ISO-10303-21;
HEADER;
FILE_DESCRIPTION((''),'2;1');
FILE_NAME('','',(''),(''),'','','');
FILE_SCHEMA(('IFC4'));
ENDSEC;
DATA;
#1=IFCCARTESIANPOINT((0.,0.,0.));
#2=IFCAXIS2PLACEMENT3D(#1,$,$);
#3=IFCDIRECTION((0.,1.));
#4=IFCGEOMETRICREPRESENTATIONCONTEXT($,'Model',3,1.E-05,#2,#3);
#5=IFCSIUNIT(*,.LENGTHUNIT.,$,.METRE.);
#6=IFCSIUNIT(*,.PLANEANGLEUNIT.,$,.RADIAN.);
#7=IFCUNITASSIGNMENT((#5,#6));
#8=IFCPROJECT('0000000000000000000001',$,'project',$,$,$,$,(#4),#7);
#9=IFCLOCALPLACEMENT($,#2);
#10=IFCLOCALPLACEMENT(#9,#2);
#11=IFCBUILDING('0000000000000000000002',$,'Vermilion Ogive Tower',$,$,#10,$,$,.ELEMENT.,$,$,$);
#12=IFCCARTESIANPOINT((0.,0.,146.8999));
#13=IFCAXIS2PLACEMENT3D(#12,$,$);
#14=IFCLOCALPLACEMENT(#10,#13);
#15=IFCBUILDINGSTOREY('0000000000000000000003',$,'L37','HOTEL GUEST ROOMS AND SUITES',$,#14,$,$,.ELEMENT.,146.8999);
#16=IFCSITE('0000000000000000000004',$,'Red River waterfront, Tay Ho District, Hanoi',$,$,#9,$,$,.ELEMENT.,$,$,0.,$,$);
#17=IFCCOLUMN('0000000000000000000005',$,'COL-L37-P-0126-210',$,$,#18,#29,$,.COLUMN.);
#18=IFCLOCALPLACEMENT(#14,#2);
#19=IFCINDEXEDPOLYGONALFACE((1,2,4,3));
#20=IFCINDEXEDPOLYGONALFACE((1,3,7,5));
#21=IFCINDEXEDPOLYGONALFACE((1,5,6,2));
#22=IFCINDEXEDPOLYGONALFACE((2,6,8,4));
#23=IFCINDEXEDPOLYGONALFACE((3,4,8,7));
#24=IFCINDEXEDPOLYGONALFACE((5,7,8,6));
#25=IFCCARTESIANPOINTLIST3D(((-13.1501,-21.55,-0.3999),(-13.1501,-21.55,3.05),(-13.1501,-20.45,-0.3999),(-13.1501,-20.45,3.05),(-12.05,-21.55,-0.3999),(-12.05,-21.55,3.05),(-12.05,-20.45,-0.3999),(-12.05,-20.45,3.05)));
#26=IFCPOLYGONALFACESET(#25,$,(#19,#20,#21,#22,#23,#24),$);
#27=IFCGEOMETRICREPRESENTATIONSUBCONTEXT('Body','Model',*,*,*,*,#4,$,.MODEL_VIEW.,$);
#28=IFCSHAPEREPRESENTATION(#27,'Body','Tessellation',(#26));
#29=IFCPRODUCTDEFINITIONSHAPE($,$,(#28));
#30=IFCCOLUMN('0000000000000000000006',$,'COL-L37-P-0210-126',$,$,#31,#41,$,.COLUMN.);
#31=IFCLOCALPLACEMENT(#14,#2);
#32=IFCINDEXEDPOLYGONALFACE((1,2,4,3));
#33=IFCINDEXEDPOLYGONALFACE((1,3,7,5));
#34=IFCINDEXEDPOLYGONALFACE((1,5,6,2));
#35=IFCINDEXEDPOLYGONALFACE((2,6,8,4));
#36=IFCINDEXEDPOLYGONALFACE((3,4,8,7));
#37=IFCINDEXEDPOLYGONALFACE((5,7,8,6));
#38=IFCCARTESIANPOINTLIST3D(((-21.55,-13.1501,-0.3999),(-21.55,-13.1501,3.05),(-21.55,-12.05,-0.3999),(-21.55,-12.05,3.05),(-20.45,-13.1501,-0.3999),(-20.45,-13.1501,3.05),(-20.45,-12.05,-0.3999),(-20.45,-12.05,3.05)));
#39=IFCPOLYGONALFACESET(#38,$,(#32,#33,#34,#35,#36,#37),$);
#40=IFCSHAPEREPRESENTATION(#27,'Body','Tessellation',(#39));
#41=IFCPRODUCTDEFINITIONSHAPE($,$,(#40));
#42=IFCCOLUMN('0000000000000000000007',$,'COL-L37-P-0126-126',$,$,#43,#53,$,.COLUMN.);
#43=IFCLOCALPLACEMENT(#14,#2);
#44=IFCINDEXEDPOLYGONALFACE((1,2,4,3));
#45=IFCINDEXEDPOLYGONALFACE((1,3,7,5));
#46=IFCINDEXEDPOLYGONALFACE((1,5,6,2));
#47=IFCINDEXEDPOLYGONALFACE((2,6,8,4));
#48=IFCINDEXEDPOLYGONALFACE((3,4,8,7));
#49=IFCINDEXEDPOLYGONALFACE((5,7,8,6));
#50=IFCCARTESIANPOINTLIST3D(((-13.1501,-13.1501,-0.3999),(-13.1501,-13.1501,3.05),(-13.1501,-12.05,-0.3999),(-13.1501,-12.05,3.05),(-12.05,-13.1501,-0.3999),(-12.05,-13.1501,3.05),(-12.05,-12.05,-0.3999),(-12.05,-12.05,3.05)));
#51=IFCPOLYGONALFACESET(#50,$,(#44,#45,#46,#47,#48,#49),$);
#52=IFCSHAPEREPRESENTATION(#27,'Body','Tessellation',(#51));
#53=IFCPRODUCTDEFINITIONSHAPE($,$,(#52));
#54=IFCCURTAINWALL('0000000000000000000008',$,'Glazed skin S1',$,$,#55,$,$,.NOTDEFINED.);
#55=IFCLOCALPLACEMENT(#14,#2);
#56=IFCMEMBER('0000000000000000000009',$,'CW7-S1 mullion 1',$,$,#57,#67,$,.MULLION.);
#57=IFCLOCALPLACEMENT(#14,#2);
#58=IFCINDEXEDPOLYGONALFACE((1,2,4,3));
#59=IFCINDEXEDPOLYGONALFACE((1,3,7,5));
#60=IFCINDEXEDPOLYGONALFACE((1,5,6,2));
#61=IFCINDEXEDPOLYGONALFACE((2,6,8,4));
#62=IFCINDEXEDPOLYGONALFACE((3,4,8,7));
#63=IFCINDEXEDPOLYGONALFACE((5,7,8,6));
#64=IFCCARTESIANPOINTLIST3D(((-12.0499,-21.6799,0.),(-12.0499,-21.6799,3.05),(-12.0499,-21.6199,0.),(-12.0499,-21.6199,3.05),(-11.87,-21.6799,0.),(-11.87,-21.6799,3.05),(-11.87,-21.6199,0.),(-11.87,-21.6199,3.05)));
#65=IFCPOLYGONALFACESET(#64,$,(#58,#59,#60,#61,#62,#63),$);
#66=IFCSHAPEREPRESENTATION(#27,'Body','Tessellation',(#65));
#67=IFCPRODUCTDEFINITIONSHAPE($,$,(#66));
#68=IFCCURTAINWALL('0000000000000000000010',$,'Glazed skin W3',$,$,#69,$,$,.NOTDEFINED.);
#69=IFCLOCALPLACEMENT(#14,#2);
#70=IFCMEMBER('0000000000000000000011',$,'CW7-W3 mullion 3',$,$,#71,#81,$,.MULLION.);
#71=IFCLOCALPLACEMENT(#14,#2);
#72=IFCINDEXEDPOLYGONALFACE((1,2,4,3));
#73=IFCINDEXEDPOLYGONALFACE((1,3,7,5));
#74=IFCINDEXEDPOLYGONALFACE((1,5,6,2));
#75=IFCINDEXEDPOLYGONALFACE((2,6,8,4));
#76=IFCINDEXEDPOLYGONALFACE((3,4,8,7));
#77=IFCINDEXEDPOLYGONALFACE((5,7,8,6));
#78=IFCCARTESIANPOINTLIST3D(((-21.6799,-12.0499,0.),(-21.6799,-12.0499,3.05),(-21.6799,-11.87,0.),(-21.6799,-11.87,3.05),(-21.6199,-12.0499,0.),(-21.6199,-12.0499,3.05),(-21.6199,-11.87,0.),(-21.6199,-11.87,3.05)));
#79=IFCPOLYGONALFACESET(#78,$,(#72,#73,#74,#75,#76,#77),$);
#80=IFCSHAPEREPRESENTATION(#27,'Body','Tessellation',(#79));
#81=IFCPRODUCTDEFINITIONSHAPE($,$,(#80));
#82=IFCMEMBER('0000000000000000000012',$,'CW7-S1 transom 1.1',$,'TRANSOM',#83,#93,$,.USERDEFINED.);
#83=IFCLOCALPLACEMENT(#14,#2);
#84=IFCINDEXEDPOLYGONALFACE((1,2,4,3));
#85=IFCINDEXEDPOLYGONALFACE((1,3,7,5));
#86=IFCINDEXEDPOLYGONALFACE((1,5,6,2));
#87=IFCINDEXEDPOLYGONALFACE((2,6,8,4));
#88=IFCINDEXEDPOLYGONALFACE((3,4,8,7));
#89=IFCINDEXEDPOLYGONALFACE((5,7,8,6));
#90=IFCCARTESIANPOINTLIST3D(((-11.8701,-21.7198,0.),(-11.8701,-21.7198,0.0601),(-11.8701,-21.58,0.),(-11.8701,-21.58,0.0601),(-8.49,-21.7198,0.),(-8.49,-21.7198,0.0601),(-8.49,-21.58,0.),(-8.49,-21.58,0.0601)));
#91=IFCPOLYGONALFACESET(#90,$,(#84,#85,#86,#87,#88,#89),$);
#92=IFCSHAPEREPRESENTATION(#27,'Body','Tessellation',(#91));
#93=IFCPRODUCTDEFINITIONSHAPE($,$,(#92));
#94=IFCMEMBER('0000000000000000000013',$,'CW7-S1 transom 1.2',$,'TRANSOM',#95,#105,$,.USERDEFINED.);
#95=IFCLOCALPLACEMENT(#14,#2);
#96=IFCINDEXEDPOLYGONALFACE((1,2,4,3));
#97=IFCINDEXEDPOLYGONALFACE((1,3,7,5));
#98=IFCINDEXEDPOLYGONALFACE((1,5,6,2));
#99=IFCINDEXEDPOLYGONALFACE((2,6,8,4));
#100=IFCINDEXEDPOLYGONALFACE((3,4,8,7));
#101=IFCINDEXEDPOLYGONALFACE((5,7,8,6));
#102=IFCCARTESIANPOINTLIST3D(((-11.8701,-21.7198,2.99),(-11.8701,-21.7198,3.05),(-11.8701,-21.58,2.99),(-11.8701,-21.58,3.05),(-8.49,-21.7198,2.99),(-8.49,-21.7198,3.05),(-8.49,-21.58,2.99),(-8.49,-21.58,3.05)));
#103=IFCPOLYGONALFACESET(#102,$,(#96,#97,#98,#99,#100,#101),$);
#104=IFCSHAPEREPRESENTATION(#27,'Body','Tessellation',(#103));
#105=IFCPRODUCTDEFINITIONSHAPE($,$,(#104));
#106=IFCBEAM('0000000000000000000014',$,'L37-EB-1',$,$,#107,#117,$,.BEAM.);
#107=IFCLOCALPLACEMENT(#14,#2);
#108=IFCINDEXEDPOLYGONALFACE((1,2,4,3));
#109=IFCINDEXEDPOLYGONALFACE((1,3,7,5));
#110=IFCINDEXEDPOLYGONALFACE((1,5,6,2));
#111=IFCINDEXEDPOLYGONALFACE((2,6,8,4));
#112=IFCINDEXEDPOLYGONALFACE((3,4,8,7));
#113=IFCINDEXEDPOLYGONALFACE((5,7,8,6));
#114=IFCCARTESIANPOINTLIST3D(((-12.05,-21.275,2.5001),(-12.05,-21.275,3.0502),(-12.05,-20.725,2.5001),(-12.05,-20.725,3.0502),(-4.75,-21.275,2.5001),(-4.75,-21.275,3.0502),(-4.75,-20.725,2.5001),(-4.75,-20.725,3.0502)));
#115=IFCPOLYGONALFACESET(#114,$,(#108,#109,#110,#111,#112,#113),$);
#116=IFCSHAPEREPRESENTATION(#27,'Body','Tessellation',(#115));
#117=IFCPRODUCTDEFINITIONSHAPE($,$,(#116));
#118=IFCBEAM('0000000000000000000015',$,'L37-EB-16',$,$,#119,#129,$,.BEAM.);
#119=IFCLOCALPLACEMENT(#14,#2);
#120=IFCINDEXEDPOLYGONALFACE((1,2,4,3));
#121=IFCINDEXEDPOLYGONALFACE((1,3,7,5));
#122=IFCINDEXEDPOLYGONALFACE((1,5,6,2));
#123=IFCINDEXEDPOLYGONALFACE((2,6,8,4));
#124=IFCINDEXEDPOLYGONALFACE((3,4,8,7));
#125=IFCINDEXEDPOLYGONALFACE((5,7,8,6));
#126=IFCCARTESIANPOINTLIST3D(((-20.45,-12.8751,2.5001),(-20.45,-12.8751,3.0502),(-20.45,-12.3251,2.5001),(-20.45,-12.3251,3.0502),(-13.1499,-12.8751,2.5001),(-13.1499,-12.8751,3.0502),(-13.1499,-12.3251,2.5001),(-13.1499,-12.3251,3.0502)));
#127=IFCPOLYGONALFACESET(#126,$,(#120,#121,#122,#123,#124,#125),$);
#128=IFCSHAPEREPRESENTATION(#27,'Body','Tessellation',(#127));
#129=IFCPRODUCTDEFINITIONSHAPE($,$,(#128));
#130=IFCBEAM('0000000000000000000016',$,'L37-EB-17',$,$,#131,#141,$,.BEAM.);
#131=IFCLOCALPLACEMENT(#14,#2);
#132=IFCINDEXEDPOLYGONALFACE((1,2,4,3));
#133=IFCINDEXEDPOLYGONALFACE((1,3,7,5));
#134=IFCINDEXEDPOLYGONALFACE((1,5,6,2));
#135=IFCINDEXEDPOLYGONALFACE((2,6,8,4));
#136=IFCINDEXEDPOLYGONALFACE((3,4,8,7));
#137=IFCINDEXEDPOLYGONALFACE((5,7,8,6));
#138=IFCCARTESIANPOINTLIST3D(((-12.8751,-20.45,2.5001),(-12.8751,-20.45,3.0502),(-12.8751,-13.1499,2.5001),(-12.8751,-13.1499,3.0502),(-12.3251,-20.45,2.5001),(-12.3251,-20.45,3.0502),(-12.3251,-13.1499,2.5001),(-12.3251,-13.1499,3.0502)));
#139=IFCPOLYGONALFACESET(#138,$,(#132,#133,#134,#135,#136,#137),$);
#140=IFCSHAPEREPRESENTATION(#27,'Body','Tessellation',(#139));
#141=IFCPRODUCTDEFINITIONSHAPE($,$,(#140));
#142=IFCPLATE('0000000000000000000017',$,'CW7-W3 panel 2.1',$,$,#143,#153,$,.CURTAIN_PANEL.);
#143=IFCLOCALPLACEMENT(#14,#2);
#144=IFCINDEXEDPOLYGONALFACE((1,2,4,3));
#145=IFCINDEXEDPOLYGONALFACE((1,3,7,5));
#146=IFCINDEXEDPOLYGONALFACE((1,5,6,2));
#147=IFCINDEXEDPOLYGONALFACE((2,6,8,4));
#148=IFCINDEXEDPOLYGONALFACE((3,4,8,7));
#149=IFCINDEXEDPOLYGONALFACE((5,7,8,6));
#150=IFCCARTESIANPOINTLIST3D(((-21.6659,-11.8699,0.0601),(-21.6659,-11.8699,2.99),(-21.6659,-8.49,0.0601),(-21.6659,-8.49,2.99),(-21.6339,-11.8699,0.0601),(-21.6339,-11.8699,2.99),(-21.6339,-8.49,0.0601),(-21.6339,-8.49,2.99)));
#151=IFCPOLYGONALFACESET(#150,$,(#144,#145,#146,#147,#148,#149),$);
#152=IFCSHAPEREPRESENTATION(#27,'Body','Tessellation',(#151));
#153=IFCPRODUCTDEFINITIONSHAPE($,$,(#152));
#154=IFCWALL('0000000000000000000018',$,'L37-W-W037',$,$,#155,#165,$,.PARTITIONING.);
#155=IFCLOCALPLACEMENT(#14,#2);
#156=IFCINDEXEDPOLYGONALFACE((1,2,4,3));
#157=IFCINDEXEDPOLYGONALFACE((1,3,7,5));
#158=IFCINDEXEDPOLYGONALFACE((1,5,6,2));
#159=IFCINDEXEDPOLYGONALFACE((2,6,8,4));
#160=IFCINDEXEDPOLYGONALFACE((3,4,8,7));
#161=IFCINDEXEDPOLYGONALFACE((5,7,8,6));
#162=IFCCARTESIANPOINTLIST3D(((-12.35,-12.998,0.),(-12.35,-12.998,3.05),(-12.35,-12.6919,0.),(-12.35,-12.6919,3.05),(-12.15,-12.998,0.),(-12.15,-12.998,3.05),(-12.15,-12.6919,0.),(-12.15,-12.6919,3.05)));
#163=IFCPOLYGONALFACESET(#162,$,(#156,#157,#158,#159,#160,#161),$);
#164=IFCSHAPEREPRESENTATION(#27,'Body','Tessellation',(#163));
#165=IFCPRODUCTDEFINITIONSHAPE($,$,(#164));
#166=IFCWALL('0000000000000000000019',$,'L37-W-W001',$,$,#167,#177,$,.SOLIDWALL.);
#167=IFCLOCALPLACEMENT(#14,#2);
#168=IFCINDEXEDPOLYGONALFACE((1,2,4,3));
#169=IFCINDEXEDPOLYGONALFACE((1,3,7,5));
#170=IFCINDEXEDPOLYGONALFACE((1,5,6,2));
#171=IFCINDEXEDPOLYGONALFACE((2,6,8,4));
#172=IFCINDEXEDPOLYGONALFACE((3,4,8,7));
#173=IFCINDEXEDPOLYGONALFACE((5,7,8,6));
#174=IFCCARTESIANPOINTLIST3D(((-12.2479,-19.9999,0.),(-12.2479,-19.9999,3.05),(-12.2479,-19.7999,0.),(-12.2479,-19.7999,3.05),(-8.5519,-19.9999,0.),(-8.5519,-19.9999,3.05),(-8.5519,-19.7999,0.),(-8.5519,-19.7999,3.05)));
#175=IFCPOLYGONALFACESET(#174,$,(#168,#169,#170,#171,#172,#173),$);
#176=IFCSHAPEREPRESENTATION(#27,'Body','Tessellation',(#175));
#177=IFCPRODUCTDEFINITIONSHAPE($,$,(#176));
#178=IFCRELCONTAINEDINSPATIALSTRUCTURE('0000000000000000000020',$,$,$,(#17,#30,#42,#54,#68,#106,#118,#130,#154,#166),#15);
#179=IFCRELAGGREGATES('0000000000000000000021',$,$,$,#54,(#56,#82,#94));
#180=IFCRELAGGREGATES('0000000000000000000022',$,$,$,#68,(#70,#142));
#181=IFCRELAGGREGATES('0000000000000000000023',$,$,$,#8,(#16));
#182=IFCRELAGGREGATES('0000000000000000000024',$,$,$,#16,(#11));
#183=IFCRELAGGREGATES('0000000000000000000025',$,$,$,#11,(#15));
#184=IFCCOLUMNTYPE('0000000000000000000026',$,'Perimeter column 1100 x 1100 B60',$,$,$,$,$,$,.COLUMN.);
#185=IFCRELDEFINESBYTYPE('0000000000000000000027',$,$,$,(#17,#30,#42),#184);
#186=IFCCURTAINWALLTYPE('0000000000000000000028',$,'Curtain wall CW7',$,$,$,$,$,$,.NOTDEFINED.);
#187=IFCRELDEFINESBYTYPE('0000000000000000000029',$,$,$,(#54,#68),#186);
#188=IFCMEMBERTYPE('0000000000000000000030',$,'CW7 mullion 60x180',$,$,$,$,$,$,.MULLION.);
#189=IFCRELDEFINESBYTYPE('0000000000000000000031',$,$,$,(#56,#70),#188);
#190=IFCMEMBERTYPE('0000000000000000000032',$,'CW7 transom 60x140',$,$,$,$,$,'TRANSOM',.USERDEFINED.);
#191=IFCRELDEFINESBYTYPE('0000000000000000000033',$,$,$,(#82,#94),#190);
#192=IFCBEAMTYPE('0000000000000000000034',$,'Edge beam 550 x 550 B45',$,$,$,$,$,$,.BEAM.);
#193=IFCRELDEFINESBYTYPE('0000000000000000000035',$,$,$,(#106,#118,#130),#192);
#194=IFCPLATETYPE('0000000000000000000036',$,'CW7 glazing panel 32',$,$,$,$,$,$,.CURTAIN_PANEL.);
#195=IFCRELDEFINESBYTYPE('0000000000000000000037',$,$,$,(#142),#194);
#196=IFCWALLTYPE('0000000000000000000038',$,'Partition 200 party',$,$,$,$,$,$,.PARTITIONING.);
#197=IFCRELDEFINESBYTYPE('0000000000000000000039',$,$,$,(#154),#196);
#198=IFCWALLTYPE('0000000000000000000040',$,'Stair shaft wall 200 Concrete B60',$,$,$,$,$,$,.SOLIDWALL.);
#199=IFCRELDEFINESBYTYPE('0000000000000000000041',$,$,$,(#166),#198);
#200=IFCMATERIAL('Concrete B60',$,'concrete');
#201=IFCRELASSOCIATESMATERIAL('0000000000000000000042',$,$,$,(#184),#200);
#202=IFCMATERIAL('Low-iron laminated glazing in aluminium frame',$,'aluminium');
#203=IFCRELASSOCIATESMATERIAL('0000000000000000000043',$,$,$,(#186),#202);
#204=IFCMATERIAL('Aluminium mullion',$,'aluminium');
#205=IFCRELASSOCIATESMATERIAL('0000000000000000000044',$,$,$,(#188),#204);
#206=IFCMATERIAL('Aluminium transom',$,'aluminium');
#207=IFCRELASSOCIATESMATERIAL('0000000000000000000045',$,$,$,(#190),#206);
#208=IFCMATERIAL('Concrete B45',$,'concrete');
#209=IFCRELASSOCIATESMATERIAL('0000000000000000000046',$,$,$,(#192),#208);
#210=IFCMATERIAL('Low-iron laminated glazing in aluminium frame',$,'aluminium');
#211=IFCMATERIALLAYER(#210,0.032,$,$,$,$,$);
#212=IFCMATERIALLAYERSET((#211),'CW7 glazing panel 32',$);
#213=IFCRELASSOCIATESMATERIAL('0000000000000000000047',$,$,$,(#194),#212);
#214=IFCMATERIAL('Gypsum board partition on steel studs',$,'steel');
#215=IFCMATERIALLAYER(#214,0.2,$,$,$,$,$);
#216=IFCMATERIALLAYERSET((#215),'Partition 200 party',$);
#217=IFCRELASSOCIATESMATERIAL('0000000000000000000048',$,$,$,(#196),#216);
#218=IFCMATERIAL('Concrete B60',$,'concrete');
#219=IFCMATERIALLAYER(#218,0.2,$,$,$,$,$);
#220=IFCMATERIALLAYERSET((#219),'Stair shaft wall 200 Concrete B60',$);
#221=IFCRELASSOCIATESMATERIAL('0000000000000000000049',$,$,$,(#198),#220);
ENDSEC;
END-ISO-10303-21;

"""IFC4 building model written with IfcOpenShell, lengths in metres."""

from ifc_helpers import new_model, si_unit, direction, frame, frame_2d, origin, origin_2d, place, context, subcontext, project, spatial, rectangle, extrude, material, layer, layer_set, material_profile, profile_set, type_object, element, aggregate, save


model = new_model("IFC4")

# Units and contexts
model_context = context("Model", 3, precision=1e-05, world=origin(), true_north=direction((0.0, 1.0)))
body_context = subcontext(model_context, "Body", "Model", "MODEL_VIEW")
ifc_project = project(units=[si_unit("LENGTHUNIT", "METRE"), si_unit("PLANEANGLEUNIT", "RADIAN")], contexts=[model_context])

# Site, building, storey
site_placement = place(None, origin())
site = spatial("IfcSite", under=ifc_project, at=site_placement, Name="Red River waterfront, Tay Ho District, Hanoi", CompositionType="ELEMENT", RefElevation=0.0)
building_placement = place(site_placement, origin())
building = spatial("IfcBuilding", under=site, at=building_placement, Name="Vermilion Ogive Tower", CompositionType="ELEMENT")
storey_placement = place(building_placement, frame((0.0, 0.0, 146.8999)))
storey = spatial("IfcBuildingStorey", under=building, at=storey_placement, Name="L37", Description="HOTEL GUEST ROOMS AND SUITES", CompositionType="ELEMENT", Elevation=146.8999)

# Columns
ifc_material_1 = material(Name="Concrete B60", Category="concrete")
ifc_material_profile_1 = material_profile(ifc_material_1, rectangle(XDim=1.1001, YDim=1.1001, at=origin_2d()), Name="1100 x 1100")
ifc_profile_set_1 = profile_set([ifc_material_profile_1], Name="Concrete B60")
column_type = type_object("IfcColumnType", Name="Perimeter column 1100 x 1100 B60", PredefinedType="COLUMN", material=ifc_profile_set_1)
for number, where, z_axis, x_axis, name in (
    (1, (-12.6001, -21.0, -0.3999), (0.0, 0.0, 1.0), (1.0, 0.0, 0.0), "COL-L37-P-0126-210"),
    (2, (-21.0, -12.6001, -0.3999), (0.0, 0.0, 1.0), (1.0, 0.0, 0.0), "COL-L37-P-0210-126"),
    (3, (-12.6001, -12.6001, -0.3999), (0.0, 0.0, 1.0), (1.0, 0.0, 0.0), "COL-L37-P-0126-126"),
):
    element("IfcColumn", number, at=place(storey_placement, frame(where, z_axis=z_axis, x_axis=x_axis)), inside=storey, type_object=column_type, Name=name, PredefinedType="COLUMN", context=body_context, shape_type="SweptSolid", body=[
        extrude(rectangle(XDim=1.1001, YDim=1.1001, at=origin_2d()), origin(), (0.0, 0.0, 1.0), 3.45),
    ])

# Curtain walls, members
ifc_material_2 = material(Name="Low-iron laminated glazing in aluminium frame", Category="aluminium")
curtain_wall_type = type_object("IfcCurtainWallType", Name="Curtain wall CW7", PredefinedType="NOTDEFINED", material=ifc_material_2)
curtain_wall_1_placement = place(storey_placement, origin())
curtain_wall_1 = element("IfcCurtainWall", 4, at=curtain_wall_1_placement, inside=storey, type_object=curtain_wall_type, Name="Glazed skin S1", PredefinedType="NOTDEFINED")
ifc_material_3 = material(Name="Aluminium mullion", Category="aluminium")
ifc_material_profile_2 = material_profile(ifc_material_3, rectangle(XDim=0.0601, YDim=0.1799, at=origin_2d()), Name="AL 60x180")
ifc_profile_set_2 = profile_set([ifc_material_profile_2], Name="Aluminium mullion")
member_type_1 = type_object("IfcMemberType", Name="CW7 mullion 60x180", PredefinedType="MULLION", material=ifc_profile_set_2)
member_1_placement = place(storey_placement, frame((-11.96, -21.6499, 0.0), z_axis=(0.0, 0.0, 1.0), x_axis=(0.0, 1.0, 0.0)))
member_1 = element("IfcMember", 5, at=member_1_placement, type_object=member_type_1, Name="CW7-S1 mullion 1", PredefinedType="MULLION", context=body_context, shape_type="SweptSolid", body=[
    extrude(rectangle(XDim=0.0601, YDim=0.1799, at=origin_2d()), origin(), (0.0, 0.0, 1.0), 3.05),
])
curtain_wall_2_placement = place(storey_placement, origin())
curtain_wall_2 = element("IfcCurtainWall", 6, at=curtain_wall_2_placement, inside=storey, type_object=curtain_wall_type, Name="Glazed skin W3", PredefinedType="NOTDEFINED")
member_2_placement = place(storey_placement, frame((-21.6499, -11.96, 0.0), z_axis=(0.0, 0.0, 1.0), x_axis=(1.0, 0.0, 0.0)))
member_2 = element("IfcMember", 7, at=member_2_placement, type_object=member_type_1, Name="CW7-W3 mullion 3", PredefinedType="MULLION", context=body_context, shape_type="SweptSolid", body=[
    extrude(rectangle(XDim=0.0601, YDim=0.1799, at=origin_2d()), origin(), (0.0, 0.0, 1.0), 3.05),
])

# Members
ifc_material_4 = material(Name="Aluminium transom", Category="aluminium")
ifc_material_profile_3 = material_profile(ifc_material_4, rectangle(XDim=0.1399, YDim=0.0601, at=origin_2d()), Name="AL 60x140")
ifc_profile_set_3 = profile_set([ifc_material_profile_3], Name="Aluminium transom")
member_type_2 = type_object("IfcMemberType", Name="CW7 transom 60x140", ElementType="TRANSOM", PredefinedType="USERDEFINED", material=ifc_profile_set_3)
member_3_placement = place(storey_placement, frame((-11.8701, -21.6499, 0.03), z_axis=(1.0, 0.0, 0.0), x_axis=(0.0, 1.0, 0.0)))
member_3 = element("IfcMember", 8, at=member_3_placement, type_object=member_type_2, Name="CW7-S1 transom 1.1", ObjectType="TRANSOM", PredefinedType="USERDEFINED", context=body_context, shape_type="SweptSolid", body=[
    extrude(rectangle(XDim=0.1399, YDim=0.0601, at=origin_2d()), origin(), (0.0, 0.0, 1.0), 3.3801),
])
member_4_placement = place(storey_placement, frame((-11.8701, -21.6499, 3.02), z_axis=(1.0, 0.0, 0.0), x_axis=(0.0, 1.0, 0.0)))
member_4 = element("IfcMember", 9, at=member_4_placement, type_object=member_type_2, Name="CW7-S1 transom 1.2", ObjectType="TRANSOM", PredefinedType="USERDEFINED", context=body_context, shape_type="SweptSolid", body=[
    extrude(rectangle(XDim=0.1399, YDim=0.0601, at=origin_2d()), origin(), (0.0, 0.0, 1.0), 3.3801),
])
aggregate(curtain_wall_1, [member_1, member_3, member_4])

# Beams
ifc_material_5 = material(Name="Concrete B45", Category="concrete")
ifc_material_profile_4 = material_profile(ifc_material_5, rectangle(XDim=0.55, YDim=0.55, at=origin_2d()), Name="550 x 550")
ifc_profile_set_4 = profile_set([ifc_material_profile_4], Name="Concrete B45")
beam_type = type_object("IfcBeamType", Name="Edge beam 550 x 550 B45", PredefinedType="BEAM", material=ifc_profile_set_4)
for number, where, z_axis, x_axis, name in (
    (10, (-12.05, -21.0, 2.7751), (1.0, 0.0, 0.0), (0.0, 1.0, 0.0), "L37-EB-1"),
    (11, (-20.45, -12.6001, 2.7751), (1.0, 0.0, 0.0), (0.0, 1.0, 0.0), "L37-EB-16"),
    (12, (-12.6001, -13.1499, 2.7751), (0.0, -1.0, 0.0), (1.0, 0.0, 0.0), "L37-EB-17"),
):
    element("IfcBeam", number, at=place(storey_placement, frame(where, z_axis=z_axis, x_axis=x_axis)), inside=storey, type_object=beam_type, Name=name, PredefinedType="BEAM", context=body_context, shape_type="SweptSolid", body=[
        extrude(rectangle(XDim=0.55, YDim=0.55, at=origin_2d()), origin(), (0.0, 0.0, 1.0), 7.3),
    ])

# Plate
ifc_material_6 = material(Name="Low-iron laminated glazing in aluminium frame", Category="aluminium")
ifc_layer_1 = layer(ifc_material_6, 0.032)
ifc_layer_set_1 = layer_set([ifc_layer_1], Name="CW7 glazing panel 32")
plate_type = type_object("IfcPlateType", Name="CW7 glazing panel 32", PredefinedType="CURTAIN_PANEL", material=ifc_layer_set_1)
plate_placement = place(storey_placement, frame((-21.6499, -10.1799, 0.0601), z_axis=(0.0, 0.0, 1.0), x_axis=(0.0, -1.0, 0.0)))
plate = element("IfcPlate", 13, at=plate_placement, type_object=plate_type, Name="CW7-W3 panel 2.1", PredefinedType="CURTAIN_PANEL", context=body_context, shape_type="SweptSolid", body=[
    extrude(rectangle(XDim=3.3799, YDim=0.032, at=origin_2d()), origin(), (0.0, 0.0, 1.0), 2.9299),
])
aggregate(curtain_wall_2, [member_2, plate])

# Walls
ifc_material_7 = material(Name="Gypsum board partition on steel studs", Category="steel")
ifc_layer_2 = layer(ifc_material_7, 0.2)
ifc_layer_set_2 = layer_set([ifc_layer_2], Name="Partition 200 party")
wall_type_1 = type_object("IfcWallType", Name="Partition 200 party", PredefinedType="PARTITIONING", material=ifc_layer_set_2)
wall_1_placement = place(storey_placement, frame((-12.25, -12.998, 0.0), z_axis=(0.0, 0.0, 1.0), x_axis=(0.0, 1.0, 0.0)))
element("IfcWall", 14, at=wall_1_placement, inside=storey, type_object=wall_type_1, Name="L37-W-W037", PredefinedType="PARTITIONING", context=body_context, shape_type="SweptSolid", body=[
    extrude(rectangle(XDim=0.3062, YDim=0.2, at=frame_2d((0.1531, 0.0))), origin(), (0.0, 0.0, 1.0), 3.05),
])
ifc_material_8 = material(Name="Concrete B60", Category="concrete")
ifc_layer_3 = layer(ifc_material_8, 0.2)
ifc_layer_set_3 = layer_set([ifc_layer_3], Name="Stair shaft wall 200 Concrete B60")
wall_type_2 = type_object("IfcWallType", Name="Stair shaft wall 200 Concrete B60", PredefinedType="SOLIDWALL", material=ifc_layer_set_3)
wall_2_placement = place(storey_placement, frame((-12.248, -19.8999, 0.0), z_axis=(0.0, 0.0, 1.0), x_axis=(1.0, 0.0, 0.0)))
element("IfcWall", 15, at=wall_2_placement, inside=storey, type_object=wall_type_2, Name="L37-W-W001", PredefinedType="SOLIDWALL", context=body_context, shape_type="SweptSolid", body=[
    extrude(rectangle(XDim=3.696, YDim=0.2, at=frame_2d((1.8481, 0.0))), origin(), (0.0, 0.0, 1.0), 3.05),
])

save(model, "model.ifc")
